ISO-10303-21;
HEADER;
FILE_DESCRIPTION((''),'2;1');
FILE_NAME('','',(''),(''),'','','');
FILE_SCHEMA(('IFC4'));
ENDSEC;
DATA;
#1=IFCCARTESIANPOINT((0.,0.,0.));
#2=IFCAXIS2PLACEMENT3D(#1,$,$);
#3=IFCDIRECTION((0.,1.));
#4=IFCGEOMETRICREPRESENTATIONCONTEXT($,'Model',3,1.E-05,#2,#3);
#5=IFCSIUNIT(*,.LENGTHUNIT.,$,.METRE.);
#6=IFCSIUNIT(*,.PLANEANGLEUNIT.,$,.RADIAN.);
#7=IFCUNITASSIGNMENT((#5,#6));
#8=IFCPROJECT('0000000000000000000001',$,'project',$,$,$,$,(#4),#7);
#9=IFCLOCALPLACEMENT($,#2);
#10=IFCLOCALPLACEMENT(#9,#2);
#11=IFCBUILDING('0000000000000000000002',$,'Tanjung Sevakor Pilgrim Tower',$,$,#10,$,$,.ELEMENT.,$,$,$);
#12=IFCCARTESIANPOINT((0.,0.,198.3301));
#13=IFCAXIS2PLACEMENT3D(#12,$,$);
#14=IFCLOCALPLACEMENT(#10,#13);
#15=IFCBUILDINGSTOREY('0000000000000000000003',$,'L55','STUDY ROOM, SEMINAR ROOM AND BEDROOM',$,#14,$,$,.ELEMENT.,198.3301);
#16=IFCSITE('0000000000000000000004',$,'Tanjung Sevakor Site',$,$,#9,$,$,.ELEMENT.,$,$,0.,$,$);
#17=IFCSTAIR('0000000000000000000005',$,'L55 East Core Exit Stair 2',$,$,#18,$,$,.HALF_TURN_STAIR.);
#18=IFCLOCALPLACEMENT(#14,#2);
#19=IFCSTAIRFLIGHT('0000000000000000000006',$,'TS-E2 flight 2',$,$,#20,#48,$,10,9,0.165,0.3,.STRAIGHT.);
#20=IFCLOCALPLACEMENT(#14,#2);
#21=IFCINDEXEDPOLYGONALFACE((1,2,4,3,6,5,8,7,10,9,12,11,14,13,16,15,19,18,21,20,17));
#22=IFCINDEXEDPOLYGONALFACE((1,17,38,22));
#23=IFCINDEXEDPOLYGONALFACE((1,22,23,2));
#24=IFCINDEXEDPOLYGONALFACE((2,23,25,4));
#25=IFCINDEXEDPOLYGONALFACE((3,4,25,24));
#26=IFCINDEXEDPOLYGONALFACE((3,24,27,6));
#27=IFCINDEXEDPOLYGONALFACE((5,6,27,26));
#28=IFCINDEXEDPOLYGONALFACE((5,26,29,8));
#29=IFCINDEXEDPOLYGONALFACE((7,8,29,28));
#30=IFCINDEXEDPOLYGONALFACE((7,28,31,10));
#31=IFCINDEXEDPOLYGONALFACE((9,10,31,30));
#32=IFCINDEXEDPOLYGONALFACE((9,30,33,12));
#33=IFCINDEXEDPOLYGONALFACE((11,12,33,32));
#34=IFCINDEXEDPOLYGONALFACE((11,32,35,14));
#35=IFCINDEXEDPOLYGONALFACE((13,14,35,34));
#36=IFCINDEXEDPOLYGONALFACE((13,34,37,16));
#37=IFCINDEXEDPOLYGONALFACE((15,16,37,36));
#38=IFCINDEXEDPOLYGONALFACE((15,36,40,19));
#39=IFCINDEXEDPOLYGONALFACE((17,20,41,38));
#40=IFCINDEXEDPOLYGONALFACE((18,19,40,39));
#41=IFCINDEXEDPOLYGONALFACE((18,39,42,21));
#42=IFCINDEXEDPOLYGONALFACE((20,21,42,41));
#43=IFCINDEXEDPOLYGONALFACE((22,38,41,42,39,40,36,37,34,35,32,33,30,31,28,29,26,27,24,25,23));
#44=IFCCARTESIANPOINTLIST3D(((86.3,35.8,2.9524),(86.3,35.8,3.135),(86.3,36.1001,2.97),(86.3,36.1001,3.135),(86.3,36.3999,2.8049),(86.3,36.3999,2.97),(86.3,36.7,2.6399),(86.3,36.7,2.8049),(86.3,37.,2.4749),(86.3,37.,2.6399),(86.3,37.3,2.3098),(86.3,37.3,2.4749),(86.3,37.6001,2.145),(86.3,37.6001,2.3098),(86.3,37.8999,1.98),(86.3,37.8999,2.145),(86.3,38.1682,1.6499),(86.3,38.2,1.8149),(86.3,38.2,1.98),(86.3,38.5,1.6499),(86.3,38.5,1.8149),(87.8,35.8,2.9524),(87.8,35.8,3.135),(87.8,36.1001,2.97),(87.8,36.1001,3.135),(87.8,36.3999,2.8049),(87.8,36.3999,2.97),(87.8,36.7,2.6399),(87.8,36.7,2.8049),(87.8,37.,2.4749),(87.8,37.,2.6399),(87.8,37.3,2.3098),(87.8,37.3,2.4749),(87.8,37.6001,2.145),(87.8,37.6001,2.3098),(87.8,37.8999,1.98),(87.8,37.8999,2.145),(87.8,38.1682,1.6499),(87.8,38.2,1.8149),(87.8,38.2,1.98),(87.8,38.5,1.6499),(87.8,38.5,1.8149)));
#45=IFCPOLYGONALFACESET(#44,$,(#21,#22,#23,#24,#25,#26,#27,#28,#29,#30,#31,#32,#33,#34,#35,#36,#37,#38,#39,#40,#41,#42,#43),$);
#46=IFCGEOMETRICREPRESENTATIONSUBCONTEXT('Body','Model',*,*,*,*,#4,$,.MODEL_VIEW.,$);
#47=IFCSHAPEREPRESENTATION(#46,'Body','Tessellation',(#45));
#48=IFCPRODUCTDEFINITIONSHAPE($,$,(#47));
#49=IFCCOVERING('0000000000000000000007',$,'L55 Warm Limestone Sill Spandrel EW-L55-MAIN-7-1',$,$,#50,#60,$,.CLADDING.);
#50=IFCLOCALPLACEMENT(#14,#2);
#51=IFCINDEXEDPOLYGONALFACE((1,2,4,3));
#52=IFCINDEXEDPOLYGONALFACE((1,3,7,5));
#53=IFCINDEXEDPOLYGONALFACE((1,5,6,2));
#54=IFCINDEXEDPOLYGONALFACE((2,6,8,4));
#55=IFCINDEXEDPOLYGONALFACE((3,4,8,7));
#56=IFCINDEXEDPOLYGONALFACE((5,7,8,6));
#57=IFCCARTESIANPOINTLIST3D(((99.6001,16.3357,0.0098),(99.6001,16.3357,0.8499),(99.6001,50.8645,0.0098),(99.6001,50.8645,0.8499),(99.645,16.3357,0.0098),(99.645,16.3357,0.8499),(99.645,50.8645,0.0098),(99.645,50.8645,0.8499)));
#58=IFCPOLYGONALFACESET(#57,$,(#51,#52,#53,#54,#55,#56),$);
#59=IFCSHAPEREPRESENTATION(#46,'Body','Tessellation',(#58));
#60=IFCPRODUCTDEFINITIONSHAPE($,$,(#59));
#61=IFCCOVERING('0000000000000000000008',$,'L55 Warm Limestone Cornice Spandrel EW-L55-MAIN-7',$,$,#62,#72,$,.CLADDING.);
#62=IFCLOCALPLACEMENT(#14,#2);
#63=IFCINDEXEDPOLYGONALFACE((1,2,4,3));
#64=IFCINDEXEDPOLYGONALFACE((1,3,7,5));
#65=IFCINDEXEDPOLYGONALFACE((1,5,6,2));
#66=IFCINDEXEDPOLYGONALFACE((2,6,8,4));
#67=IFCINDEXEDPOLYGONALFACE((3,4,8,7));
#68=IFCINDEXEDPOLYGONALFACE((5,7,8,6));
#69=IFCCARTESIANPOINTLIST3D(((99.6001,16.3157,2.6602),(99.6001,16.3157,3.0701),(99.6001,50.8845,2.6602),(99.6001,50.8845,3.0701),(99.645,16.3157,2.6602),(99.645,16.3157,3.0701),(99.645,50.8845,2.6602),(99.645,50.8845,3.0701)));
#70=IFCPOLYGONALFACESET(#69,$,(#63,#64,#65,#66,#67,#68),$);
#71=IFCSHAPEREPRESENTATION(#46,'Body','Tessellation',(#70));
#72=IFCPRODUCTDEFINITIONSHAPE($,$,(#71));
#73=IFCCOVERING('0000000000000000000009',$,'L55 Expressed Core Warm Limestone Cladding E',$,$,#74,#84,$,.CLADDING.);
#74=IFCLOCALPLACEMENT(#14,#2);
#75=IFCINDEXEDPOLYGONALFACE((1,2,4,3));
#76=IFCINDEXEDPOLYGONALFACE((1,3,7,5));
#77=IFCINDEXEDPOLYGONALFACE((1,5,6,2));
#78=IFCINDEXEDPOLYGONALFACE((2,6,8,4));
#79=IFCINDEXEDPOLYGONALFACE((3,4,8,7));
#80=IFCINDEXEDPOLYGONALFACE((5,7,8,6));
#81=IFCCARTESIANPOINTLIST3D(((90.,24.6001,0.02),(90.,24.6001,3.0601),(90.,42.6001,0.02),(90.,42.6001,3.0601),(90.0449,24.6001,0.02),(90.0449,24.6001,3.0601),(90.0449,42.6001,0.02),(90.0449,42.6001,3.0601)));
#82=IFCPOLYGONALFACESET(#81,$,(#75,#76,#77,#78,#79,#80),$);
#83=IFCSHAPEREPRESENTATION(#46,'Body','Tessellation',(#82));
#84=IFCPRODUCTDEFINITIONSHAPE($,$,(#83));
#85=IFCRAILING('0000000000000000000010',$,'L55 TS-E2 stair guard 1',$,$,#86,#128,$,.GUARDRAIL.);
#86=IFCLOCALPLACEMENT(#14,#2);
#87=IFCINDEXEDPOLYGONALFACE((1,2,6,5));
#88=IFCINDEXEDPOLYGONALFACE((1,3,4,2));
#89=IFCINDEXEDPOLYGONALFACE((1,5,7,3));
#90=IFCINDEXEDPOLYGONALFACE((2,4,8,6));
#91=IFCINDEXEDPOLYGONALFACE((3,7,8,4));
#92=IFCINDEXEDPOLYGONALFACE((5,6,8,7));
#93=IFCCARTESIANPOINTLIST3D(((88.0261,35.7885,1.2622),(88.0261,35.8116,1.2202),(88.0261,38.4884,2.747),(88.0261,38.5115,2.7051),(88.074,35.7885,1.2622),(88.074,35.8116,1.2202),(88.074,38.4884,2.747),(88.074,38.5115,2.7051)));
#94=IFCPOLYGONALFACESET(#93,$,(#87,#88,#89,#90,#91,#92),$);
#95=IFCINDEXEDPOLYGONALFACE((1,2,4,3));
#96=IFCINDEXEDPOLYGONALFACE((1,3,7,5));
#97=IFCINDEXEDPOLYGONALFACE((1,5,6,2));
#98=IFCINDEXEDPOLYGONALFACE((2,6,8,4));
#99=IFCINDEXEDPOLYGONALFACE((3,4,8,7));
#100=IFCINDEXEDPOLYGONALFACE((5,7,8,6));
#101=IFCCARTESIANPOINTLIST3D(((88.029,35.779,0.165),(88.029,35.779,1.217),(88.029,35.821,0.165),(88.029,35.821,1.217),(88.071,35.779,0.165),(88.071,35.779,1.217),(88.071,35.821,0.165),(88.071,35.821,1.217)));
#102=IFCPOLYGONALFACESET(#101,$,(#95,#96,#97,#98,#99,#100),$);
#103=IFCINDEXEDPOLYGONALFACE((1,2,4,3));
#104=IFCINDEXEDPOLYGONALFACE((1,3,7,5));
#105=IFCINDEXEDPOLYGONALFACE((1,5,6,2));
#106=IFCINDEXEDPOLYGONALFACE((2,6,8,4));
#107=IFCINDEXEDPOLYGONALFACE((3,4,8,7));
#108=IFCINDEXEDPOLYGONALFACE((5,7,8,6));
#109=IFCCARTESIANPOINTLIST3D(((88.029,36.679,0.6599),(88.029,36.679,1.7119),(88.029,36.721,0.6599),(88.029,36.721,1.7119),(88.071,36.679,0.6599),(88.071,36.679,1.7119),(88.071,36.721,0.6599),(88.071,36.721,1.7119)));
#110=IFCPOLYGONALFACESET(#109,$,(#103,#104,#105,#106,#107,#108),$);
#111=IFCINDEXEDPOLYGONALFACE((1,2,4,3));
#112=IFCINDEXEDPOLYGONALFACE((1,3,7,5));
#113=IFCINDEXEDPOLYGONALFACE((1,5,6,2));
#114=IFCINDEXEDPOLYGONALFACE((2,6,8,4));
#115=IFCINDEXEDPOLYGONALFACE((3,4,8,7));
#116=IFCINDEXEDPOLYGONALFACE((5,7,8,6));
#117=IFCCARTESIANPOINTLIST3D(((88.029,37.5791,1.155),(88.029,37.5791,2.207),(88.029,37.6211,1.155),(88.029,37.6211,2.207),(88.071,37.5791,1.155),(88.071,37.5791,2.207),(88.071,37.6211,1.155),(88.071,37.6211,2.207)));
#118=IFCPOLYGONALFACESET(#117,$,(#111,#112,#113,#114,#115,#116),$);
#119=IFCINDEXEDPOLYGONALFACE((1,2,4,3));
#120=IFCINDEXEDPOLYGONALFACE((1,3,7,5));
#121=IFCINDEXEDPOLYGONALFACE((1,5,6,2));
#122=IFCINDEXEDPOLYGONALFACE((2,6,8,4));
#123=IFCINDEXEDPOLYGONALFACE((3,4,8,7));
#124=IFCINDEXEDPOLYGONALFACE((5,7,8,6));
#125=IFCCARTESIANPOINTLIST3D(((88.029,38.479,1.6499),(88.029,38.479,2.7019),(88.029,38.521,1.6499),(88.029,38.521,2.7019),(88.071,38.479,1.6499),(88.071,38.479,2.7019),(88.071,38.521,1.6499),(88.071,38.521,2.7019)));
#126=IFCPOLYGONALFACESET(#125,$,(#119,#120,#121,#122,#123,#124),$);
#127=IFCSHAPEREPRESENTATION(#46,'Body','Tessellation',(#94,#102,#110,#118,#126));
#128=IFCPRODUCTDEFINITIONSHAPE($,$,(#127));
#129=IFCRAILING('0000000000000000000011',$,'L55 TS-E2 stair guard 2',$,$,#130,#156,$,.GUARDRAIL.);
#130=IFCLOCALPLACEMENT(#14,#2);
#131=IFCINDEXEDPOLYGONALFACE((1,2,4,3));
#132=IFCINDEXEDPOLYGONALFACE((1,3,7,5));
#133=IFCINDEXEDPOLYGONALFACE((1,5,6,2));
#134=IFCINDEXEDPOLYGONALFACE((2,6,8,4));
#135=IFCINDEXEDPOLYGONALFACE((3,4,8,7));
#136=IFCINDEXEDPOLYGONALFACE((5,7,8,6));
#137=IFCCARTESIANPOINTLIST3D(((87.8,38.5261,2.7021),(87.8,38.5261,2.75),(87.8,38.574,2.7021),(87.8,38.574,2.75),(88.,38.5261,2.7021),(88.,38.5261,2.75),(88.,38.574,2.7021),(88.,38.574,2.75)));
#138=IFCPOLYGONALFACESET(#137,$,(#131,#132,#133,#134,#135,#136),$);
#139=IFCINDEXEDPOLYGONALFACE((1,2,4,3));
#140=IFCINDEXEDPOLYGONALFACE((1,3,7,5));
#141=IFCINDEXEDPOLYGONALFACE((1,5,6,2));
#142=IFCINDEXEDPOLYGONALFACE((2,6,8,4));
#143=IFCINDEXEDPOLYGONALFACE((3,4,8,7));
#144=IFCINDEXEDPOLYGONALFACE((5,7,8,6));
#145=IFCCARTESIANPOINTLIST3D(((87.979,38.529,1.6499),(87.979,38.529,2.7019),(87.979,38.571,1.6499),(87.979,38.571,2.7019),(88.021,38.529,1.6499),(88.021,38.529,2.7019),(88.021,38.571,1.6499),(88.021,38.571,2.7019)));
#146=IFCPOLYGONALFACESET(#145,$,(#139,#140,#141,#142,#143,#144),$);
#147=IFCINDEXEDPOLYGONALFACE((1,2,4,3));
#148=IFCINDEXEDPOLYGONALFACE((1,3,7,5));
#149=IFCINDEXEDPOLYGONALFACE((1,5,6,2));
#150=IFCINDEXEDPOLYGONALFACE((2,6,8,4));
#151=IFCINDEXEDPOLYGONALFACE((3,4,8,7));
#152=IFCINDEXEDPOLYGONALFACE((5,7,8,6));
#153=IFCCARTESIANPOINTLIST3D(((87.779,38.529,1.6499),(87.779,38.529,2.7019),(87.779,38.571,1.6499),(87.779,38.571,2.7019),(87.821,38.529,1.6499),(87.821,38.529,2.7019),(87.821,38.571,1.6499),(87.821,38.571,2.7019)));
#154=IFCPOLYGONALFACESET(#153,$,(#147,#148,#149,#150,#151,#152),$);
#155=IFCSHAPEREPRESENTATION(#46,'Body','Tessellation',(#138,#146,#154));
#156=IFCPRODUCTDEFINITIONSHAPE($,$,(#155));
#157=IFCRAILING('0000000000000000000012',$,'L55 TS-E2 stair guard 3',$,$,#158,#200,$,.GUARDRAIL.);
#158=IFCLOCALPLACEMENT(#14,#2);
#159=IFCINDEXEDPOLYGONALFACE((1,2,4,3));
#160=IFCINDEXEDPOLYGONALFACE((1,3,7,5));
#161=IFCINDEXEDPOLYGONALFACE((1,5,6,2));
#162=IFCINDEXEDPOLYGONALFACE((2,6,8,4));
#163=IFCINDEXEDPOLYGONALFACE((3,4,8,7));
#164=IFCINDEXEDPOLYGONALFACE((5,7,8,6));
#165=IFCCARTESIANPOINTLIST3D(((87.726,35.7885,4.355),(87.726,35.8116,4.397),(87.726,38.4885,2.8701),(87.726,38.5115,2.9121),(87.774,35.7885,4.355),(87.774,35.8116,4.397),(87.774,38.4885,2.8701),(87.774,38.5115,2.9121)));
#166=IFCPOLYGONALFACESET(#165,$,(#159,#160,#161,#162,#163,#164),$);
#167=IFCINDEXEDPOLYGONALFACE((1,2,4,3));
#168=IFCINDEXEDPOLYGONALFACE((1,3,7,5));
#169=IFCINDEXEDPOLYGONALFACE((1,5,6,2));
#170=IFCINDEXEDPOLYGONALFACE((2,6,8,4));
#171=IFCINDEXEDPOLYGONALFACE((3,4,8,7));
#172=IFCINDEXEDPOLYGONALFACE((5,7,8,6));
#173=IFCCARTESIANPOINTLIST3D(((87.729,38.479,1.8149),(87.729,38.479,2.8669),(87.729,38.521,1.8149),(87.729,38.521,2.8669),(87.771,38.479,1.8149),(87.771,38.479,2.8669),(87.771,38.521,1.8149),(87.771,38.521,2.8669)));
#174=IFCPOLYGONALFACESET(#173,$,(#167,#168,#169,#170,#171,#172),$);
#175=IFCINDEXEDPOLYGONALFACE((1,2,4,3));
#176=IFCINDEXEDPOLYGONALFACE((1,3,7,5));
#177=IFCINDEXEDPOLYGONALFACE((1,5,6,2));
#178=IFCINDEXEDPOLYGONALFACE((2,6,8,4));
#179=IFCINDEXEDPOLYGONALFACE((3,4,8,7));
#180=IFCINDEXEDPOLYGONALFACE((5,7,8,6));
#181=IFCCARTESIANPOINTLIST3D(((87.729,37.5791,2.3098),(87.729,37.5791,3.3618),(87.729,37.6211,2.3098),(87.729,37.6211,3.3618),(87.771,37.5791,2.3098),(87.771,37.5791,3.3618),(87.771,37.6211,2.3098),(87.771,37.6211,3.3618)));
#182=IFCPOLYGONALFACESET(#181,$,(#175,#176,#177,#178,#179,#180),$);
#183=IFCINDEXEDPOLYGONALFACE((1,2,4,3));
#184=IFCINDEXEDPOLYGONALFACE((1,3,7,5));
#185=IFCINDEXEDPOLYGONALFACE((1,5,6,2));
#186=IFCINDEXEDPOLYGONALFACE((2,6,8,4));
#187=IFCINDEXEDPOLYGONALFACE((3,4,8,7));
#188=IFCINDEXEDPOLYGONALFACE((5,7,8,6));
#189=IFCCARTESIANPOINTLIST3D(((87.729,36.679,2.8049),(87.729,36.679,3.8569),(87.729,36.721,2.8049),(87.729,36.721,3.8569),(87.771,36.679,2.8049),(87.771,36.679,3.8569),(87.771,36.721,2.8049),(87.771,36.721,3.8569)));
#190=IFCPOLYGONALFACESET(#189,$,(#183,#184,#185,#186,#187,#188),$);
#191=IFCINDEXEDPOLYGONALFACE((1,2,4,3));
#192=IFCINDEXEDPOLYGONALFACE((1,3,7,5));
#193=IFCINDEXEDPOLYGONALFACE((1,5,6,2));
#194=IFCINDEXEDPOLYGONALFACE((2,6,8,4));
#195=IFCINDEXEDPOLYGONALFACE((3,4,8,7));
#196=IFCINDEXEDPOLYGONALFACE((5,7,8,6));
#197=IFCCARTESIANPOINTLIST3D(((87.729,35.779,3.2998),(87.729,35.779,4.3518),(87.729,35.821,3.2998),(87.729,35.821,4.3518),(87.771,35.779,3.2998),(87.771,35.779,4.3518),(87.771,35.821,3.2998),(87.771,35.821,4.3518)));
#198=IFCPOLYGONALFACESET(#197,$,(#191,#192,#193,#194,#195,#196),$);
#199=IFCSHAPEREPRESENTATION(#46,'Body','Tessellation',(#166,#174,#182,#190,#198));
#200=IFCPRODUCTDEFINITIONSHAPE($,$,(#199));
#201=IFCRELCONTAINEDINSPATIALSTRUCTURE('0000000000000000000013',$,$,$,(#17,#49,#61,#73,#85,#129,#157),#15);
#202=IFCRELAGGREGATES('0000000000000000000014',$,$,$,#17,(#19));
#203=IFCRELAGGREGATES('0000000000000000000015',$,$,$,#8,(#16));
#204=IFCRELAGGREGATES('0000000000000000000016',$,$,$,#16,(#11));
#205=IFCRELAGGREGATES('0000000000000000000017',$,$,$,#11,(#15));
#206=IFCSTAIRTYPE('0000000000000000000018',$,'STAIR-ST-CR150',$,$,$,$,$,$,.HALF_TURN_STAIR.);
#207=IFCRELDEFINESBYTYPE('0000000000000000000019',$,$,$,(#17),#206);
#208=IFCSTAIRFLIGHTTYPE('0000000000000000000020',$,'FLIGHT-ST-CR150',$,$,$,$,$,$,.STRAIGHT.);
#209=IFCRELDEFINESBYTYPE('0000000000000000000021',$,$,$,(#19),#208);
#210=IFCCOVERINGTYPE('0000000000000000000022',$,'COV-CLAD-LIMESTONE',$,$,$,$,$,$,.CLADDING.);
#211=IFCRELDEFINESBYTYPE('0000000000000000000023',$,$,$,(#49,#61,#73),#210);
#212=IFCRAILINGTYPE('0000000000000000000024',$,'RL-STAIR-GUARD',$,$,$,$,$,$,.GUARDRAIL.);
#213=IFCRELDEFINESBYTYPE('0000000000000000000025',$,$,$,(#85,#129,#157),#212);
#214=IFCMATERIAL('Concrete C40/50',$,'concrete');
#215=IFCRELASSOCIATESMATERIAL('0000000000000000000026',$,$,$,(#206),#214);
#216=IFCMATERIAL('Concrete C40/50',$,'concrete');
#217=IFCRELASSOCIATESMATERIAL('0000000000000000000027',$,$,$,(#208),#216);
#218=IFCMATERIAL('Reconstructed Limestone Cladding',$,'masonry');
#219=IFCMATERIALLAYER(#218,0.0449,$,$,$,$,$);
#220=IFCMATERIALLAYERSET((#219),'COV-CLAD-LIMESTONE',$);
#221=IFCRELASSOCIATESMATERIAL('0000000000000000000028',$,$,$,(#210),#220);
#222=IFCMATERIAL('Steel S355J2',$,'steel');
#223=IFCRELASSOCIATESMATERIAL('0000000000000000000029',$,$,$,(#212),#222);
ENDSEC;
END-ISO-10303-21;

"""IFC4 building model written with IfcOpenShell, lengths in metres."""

from ifc_helpers import new_model, si_unit, direction, frame, origin, origin_2d, place, context, subcontext, project, spatial, polyline, rectangle, outline, extrude, material, layer, layer_set, type_object, element, aggregate, save


model = new_model("IFC4")

# Units and contexts
model_context = context("Model", 3, precision=1e-05, world=origin(), true_north=direction((0.0, 1.0)))
body_context = subcontext(model_context, "Body", "Model", "MODEL_VIEW")
ifc_project = project(units=[si_unit("LENGTHUNIT", "METRE"), si_unit("PLANEANGLEUNIT", "RADIAN")], contexts=[model_context])

# Site, building, storey
site_placement = place(None, origin())
site = spatial("IfcSite", under=ifc_project, at=site_placement, Name="Tanjung Sevakor Site", CompositionType="ELEMENT", RefElevation=0.0)
building_placement = place(site_placement, origin())
building = spatial("IfcBuilding", under=site, at=building_placement, Name="Tanjung Sevakor Pilgrim Tower", CompositionType="ELEMENT")
storey_placement = place(building_placement, frame((0.0, 0.0, 198.3301)))
storey = spatial("IfcBuildingStorey", under=building, at=storey_placement, Name="L55", Description="STUDY ROOM, SEMINAR ROOM AND BEDROOM", CompositionType="ELEMENT", Elevation=198.3301)

# Stair, stair flight
ifc_material_1 = material(Name="Concrete C40/50", Category="concrete")
stair_type = type_object("IfcStairType", Name="STAIR-ST-CR150", PredefinedType="HALF_TURN_STAIR", material=ifc_material_1)
stair_placement = place(storey_placement, origin())
stair = element("IfcStair", 1, at=stair_placement, inside=storey, type_object=stair_type, Name="L55 East Core Exit Stair 2", PredefinedType="HALF_TURN_STAIR")
ifc_material_2 = material(Name="Concrete C40/50", Category="concrete")
stair_flight_type = type_object("IfcStairFlightType", Name="FLIGHT-ST-CR150", PredefinedType="STRAIGHT", material=ifc_material_2)
stair_flight_1_placement = place(storey_placement, frame((87.05, 38.5, 1.6499), z_axis=(0.0, 0.0, 1.0), x_axis=(0.0, -1.0, 0.0)))
stair_flight_1 = element("IfcStairFlight", 2, at=stair_flight_1_placement, type_object=stair_flight_type, Name="TS-E2 flight 2", NumberOfRisers=10, NumberOfTreads=9, PredefinedType="STRAIGHT", RiserHeight=0.165, TreadLength=0.3, context=body_context, shape_type="SweptSolid", body=[
    extrude(outline(polyline([(0.0, 0.0), (0.0, 0.165), (0.3, 0.165), (0.3, 0.3301), (0.6001, 0.3301), (0.6001, 0.4951), (0.8999, 0.4951), (0.8999, 0.6599), (1.2, 0.6599), (1.2, 0.825), (1.5, 0.825), (1.5, 0.99), (1.8, 0.99), (1.8, 1.155), (2.1001, 1.155), (2.1001, 1.3201), (2.3999, 1.3201), (2.3999, 1.4851), (2.7, 1.4851), (2.7, 1.6499), (2.7, 1.3025), (0.3318, 0.0), (0.0, 0.0)])), frame((0.0, 0.75, 0.0), z_axis=(0.0, -1.0, 0.0), x_axis=(1.0, 0.0, 0.0)), (0.0, 0.0, 1.0), 1.5),
])
aggregate(stair, [stair_flight_1])

# Coverings
ifc_material_3 = material(Name="Reconstructed Limestone Cladding", Category="masonry")
ifc_layer_1 = layer(ifc_material_3, 0.0449)
ifc_layer_set_1 = layer_set([ifc_layer_1], Name="COV-CLAD-LIMESTONE")
covering_type = type_object("IfcCoveringType", Name="COV-CLAD-LIMESTONE", PredefinedType="CLADDING", material=ifc_layer_set_1)
covering_1_placement = place(storey_placement, frame((99.6226, 33.6001, 0.0098), z_axis=(0.0, 0.0, 1.0), x_axis=(0.0, 1.0, 0.0)))
element("IfcCovering", 3, at=covering_1_placement, inside=storey, type_object=covering_type, Name="L55 Warm Limestone Sill Spandrel EW-L55-MAIN-7-1", PredefinedType="CLADDING", context=body_context, shape_type="SweptSolid", body=[
    extrude(rectangle(XDim=34.5288, YDim=0.0449, at=origin_2d()), origin(), (0.0, 0.0, 1.0), 0.8401),
])
covering_2_placement = place(storey_placement, frame((99.6226, 33.6001, 2.6602), z_axis=(0.0, 0.0, 1.0), x_axis=(0.0, 1.0, 0.0)))
element("IfcCovering", 4, at=covering_2_placement, inside=storey, type_object=covering_type, Name="L55 Warm Limestone Cornice Spandrel EW-L55-MAIN-7", PredefinedType="CLADDING", context=body_context, shape_type="SweptSolid", body=[
    extrude(rectangle(XDim=34.5688, YDim=0.0449, at=origin_2d()), origin(), (0.0, 0.0, 1.0), 0.4099),
])
covering_3_placement = place(storey_placement, frame((90.0225, 33.6001, 0.02), z_axis=(0.0, 0.0, 1.0), x_axis=(1.0, 0.0, 0.0)))
element("IfcCovering", 5, at=covering_3_placement, inside=storey, type_object=covering_type, Name="L55 Expressed Core Warm Limestone Cladding E", PredefinedType="CLADDING", context=body_context, shape_type="SweptSolid", body=[
    extrude(rectangle(XDim=0.0449, YDim=18.0, at=origin_2d()), origin(), (0.0, 0.0, 1.0), 3.04),
])

# Railings
ifc_material_4 = material(Name="Steel S355J2", Category="steel")
railing_type_1 = type_object("IfcRailingType", Name="RL-STAIR-GUARD", PredefinedType="GUARDRAIL", material=ifc_material_4)
railing_1_placement = place(storey_placement, frame((88.05, 35.8, 0.165)))
element("IfcRailing", 6, at=railing_1_placement, inside=storey, type_object=railing_type_1, Name="L55 TS-E2 stair guard 1", PredefinedType="GUARDRAIL", context=body_context, shape_type="SweptSolid", body=[
    extrude(rectangle(XDim=0.0479, YDim=0.0479), frame((0.0, 0.0, 1.0762), z_axis=(0.0, 0.876231, 0.481891), x_axis=(-1.0, 0.0, 0.0)), (0.0, 0.0, 1.0), 3.0813),
    extrude(rectangle(XDim=0.042, YDim=0.042), origin(), (0.0, 0.0, 1.0), 1.052),
    extrude(rectangle(XDim=0.042, YDim=0.042), frame((0.0, 0.8999, 0.4949)), (0.0, 0.0, 1.0), 1.052),
    extrude(rectangle(XDim=0.042, YDim=0.042), frame((0.0, 1.8, 0.99)), (0.0, 0.0, 1.0), 1.052),
    extrude(rectangle(XDim=0.042, YDim=0.042), frame((0.0, 2.7, 1.4849)), (0.0, 0.0, 1.0), 1.052),
])
railing_2_placement = place(storey_placement, frame((88.0, 38.55, 1.6499)))
element("IfcRailing", 7, at=railing_2_placement, inside=storey, type_object=railing_type_1, Name="L55 TS-E2 stair guard 2", PredefinedType="GUARDRAIL", context=body_context, shape_type="SweptSolid", body=[
    extrude(rectangle(XDim=0.0479, YDim=0.0479), frame((0.0, 0.0, 1.0762), z_axis=(-1.0, 0.0, 0.0), x_axis=(0.0, -1.0, 0.0)), (0.0, 0.0, 1.0), 0.2),
    extrude(rectangle(XDim=0.042, YDim=0.042), origin(), (0.0, 0.0, 1.0), 1.052),
    extrude(rectangle(XDim=0.042, YDim=0.042), frame((-0.2, 0.0, 0.0)), (0.0, 0.0, 1.0), 1.052),
])
railing_3_placement = place(storey_placement, frame((87.75, 38.5, 1.8149)))
element("IfcRailing", 8, at=railing_3_placement, inside=storey, type_object=railing_type_1, Name="L55 TS-E2 stair guard 3", PredefinedType="GUARDRAIL", context=body_context, shape_type="SweptSolid", body=[
    extrude(rectangle(XDim=0.0479, YDim=0.0479), frame((0.0, 0.0, 1.0762), z_axis=(0.0, -0.876231, 0.481891), x_axis=(1.0, 0.0, 0.0)), (0.0, 0.0, 1.0), 3.0813),
    extrude(rectangle(XDim=0.042, YDim=0.042), origin(), (0.0, 0.0, 1.0), 1.052),
    extrude(rectangle(XDim=0.042, YDim=0.042), frame((0.0, -0.8999, 0.4949)), (0.0, 0.0, 1.0), 1.052),
    extrude(rectangle(XDim=0.042, YDim=0.042), frame((0.0, -1.8, 0.99)), (0.0, 0.0, 1.0), 1.052),
    extrude(rectangle(XDim=0.042, YDim=0.042), frame((0.0, -2.7, 1.4849)), (0.0, 0.0, 1.0), 1.052),
])

save(model, "model.ifc")
